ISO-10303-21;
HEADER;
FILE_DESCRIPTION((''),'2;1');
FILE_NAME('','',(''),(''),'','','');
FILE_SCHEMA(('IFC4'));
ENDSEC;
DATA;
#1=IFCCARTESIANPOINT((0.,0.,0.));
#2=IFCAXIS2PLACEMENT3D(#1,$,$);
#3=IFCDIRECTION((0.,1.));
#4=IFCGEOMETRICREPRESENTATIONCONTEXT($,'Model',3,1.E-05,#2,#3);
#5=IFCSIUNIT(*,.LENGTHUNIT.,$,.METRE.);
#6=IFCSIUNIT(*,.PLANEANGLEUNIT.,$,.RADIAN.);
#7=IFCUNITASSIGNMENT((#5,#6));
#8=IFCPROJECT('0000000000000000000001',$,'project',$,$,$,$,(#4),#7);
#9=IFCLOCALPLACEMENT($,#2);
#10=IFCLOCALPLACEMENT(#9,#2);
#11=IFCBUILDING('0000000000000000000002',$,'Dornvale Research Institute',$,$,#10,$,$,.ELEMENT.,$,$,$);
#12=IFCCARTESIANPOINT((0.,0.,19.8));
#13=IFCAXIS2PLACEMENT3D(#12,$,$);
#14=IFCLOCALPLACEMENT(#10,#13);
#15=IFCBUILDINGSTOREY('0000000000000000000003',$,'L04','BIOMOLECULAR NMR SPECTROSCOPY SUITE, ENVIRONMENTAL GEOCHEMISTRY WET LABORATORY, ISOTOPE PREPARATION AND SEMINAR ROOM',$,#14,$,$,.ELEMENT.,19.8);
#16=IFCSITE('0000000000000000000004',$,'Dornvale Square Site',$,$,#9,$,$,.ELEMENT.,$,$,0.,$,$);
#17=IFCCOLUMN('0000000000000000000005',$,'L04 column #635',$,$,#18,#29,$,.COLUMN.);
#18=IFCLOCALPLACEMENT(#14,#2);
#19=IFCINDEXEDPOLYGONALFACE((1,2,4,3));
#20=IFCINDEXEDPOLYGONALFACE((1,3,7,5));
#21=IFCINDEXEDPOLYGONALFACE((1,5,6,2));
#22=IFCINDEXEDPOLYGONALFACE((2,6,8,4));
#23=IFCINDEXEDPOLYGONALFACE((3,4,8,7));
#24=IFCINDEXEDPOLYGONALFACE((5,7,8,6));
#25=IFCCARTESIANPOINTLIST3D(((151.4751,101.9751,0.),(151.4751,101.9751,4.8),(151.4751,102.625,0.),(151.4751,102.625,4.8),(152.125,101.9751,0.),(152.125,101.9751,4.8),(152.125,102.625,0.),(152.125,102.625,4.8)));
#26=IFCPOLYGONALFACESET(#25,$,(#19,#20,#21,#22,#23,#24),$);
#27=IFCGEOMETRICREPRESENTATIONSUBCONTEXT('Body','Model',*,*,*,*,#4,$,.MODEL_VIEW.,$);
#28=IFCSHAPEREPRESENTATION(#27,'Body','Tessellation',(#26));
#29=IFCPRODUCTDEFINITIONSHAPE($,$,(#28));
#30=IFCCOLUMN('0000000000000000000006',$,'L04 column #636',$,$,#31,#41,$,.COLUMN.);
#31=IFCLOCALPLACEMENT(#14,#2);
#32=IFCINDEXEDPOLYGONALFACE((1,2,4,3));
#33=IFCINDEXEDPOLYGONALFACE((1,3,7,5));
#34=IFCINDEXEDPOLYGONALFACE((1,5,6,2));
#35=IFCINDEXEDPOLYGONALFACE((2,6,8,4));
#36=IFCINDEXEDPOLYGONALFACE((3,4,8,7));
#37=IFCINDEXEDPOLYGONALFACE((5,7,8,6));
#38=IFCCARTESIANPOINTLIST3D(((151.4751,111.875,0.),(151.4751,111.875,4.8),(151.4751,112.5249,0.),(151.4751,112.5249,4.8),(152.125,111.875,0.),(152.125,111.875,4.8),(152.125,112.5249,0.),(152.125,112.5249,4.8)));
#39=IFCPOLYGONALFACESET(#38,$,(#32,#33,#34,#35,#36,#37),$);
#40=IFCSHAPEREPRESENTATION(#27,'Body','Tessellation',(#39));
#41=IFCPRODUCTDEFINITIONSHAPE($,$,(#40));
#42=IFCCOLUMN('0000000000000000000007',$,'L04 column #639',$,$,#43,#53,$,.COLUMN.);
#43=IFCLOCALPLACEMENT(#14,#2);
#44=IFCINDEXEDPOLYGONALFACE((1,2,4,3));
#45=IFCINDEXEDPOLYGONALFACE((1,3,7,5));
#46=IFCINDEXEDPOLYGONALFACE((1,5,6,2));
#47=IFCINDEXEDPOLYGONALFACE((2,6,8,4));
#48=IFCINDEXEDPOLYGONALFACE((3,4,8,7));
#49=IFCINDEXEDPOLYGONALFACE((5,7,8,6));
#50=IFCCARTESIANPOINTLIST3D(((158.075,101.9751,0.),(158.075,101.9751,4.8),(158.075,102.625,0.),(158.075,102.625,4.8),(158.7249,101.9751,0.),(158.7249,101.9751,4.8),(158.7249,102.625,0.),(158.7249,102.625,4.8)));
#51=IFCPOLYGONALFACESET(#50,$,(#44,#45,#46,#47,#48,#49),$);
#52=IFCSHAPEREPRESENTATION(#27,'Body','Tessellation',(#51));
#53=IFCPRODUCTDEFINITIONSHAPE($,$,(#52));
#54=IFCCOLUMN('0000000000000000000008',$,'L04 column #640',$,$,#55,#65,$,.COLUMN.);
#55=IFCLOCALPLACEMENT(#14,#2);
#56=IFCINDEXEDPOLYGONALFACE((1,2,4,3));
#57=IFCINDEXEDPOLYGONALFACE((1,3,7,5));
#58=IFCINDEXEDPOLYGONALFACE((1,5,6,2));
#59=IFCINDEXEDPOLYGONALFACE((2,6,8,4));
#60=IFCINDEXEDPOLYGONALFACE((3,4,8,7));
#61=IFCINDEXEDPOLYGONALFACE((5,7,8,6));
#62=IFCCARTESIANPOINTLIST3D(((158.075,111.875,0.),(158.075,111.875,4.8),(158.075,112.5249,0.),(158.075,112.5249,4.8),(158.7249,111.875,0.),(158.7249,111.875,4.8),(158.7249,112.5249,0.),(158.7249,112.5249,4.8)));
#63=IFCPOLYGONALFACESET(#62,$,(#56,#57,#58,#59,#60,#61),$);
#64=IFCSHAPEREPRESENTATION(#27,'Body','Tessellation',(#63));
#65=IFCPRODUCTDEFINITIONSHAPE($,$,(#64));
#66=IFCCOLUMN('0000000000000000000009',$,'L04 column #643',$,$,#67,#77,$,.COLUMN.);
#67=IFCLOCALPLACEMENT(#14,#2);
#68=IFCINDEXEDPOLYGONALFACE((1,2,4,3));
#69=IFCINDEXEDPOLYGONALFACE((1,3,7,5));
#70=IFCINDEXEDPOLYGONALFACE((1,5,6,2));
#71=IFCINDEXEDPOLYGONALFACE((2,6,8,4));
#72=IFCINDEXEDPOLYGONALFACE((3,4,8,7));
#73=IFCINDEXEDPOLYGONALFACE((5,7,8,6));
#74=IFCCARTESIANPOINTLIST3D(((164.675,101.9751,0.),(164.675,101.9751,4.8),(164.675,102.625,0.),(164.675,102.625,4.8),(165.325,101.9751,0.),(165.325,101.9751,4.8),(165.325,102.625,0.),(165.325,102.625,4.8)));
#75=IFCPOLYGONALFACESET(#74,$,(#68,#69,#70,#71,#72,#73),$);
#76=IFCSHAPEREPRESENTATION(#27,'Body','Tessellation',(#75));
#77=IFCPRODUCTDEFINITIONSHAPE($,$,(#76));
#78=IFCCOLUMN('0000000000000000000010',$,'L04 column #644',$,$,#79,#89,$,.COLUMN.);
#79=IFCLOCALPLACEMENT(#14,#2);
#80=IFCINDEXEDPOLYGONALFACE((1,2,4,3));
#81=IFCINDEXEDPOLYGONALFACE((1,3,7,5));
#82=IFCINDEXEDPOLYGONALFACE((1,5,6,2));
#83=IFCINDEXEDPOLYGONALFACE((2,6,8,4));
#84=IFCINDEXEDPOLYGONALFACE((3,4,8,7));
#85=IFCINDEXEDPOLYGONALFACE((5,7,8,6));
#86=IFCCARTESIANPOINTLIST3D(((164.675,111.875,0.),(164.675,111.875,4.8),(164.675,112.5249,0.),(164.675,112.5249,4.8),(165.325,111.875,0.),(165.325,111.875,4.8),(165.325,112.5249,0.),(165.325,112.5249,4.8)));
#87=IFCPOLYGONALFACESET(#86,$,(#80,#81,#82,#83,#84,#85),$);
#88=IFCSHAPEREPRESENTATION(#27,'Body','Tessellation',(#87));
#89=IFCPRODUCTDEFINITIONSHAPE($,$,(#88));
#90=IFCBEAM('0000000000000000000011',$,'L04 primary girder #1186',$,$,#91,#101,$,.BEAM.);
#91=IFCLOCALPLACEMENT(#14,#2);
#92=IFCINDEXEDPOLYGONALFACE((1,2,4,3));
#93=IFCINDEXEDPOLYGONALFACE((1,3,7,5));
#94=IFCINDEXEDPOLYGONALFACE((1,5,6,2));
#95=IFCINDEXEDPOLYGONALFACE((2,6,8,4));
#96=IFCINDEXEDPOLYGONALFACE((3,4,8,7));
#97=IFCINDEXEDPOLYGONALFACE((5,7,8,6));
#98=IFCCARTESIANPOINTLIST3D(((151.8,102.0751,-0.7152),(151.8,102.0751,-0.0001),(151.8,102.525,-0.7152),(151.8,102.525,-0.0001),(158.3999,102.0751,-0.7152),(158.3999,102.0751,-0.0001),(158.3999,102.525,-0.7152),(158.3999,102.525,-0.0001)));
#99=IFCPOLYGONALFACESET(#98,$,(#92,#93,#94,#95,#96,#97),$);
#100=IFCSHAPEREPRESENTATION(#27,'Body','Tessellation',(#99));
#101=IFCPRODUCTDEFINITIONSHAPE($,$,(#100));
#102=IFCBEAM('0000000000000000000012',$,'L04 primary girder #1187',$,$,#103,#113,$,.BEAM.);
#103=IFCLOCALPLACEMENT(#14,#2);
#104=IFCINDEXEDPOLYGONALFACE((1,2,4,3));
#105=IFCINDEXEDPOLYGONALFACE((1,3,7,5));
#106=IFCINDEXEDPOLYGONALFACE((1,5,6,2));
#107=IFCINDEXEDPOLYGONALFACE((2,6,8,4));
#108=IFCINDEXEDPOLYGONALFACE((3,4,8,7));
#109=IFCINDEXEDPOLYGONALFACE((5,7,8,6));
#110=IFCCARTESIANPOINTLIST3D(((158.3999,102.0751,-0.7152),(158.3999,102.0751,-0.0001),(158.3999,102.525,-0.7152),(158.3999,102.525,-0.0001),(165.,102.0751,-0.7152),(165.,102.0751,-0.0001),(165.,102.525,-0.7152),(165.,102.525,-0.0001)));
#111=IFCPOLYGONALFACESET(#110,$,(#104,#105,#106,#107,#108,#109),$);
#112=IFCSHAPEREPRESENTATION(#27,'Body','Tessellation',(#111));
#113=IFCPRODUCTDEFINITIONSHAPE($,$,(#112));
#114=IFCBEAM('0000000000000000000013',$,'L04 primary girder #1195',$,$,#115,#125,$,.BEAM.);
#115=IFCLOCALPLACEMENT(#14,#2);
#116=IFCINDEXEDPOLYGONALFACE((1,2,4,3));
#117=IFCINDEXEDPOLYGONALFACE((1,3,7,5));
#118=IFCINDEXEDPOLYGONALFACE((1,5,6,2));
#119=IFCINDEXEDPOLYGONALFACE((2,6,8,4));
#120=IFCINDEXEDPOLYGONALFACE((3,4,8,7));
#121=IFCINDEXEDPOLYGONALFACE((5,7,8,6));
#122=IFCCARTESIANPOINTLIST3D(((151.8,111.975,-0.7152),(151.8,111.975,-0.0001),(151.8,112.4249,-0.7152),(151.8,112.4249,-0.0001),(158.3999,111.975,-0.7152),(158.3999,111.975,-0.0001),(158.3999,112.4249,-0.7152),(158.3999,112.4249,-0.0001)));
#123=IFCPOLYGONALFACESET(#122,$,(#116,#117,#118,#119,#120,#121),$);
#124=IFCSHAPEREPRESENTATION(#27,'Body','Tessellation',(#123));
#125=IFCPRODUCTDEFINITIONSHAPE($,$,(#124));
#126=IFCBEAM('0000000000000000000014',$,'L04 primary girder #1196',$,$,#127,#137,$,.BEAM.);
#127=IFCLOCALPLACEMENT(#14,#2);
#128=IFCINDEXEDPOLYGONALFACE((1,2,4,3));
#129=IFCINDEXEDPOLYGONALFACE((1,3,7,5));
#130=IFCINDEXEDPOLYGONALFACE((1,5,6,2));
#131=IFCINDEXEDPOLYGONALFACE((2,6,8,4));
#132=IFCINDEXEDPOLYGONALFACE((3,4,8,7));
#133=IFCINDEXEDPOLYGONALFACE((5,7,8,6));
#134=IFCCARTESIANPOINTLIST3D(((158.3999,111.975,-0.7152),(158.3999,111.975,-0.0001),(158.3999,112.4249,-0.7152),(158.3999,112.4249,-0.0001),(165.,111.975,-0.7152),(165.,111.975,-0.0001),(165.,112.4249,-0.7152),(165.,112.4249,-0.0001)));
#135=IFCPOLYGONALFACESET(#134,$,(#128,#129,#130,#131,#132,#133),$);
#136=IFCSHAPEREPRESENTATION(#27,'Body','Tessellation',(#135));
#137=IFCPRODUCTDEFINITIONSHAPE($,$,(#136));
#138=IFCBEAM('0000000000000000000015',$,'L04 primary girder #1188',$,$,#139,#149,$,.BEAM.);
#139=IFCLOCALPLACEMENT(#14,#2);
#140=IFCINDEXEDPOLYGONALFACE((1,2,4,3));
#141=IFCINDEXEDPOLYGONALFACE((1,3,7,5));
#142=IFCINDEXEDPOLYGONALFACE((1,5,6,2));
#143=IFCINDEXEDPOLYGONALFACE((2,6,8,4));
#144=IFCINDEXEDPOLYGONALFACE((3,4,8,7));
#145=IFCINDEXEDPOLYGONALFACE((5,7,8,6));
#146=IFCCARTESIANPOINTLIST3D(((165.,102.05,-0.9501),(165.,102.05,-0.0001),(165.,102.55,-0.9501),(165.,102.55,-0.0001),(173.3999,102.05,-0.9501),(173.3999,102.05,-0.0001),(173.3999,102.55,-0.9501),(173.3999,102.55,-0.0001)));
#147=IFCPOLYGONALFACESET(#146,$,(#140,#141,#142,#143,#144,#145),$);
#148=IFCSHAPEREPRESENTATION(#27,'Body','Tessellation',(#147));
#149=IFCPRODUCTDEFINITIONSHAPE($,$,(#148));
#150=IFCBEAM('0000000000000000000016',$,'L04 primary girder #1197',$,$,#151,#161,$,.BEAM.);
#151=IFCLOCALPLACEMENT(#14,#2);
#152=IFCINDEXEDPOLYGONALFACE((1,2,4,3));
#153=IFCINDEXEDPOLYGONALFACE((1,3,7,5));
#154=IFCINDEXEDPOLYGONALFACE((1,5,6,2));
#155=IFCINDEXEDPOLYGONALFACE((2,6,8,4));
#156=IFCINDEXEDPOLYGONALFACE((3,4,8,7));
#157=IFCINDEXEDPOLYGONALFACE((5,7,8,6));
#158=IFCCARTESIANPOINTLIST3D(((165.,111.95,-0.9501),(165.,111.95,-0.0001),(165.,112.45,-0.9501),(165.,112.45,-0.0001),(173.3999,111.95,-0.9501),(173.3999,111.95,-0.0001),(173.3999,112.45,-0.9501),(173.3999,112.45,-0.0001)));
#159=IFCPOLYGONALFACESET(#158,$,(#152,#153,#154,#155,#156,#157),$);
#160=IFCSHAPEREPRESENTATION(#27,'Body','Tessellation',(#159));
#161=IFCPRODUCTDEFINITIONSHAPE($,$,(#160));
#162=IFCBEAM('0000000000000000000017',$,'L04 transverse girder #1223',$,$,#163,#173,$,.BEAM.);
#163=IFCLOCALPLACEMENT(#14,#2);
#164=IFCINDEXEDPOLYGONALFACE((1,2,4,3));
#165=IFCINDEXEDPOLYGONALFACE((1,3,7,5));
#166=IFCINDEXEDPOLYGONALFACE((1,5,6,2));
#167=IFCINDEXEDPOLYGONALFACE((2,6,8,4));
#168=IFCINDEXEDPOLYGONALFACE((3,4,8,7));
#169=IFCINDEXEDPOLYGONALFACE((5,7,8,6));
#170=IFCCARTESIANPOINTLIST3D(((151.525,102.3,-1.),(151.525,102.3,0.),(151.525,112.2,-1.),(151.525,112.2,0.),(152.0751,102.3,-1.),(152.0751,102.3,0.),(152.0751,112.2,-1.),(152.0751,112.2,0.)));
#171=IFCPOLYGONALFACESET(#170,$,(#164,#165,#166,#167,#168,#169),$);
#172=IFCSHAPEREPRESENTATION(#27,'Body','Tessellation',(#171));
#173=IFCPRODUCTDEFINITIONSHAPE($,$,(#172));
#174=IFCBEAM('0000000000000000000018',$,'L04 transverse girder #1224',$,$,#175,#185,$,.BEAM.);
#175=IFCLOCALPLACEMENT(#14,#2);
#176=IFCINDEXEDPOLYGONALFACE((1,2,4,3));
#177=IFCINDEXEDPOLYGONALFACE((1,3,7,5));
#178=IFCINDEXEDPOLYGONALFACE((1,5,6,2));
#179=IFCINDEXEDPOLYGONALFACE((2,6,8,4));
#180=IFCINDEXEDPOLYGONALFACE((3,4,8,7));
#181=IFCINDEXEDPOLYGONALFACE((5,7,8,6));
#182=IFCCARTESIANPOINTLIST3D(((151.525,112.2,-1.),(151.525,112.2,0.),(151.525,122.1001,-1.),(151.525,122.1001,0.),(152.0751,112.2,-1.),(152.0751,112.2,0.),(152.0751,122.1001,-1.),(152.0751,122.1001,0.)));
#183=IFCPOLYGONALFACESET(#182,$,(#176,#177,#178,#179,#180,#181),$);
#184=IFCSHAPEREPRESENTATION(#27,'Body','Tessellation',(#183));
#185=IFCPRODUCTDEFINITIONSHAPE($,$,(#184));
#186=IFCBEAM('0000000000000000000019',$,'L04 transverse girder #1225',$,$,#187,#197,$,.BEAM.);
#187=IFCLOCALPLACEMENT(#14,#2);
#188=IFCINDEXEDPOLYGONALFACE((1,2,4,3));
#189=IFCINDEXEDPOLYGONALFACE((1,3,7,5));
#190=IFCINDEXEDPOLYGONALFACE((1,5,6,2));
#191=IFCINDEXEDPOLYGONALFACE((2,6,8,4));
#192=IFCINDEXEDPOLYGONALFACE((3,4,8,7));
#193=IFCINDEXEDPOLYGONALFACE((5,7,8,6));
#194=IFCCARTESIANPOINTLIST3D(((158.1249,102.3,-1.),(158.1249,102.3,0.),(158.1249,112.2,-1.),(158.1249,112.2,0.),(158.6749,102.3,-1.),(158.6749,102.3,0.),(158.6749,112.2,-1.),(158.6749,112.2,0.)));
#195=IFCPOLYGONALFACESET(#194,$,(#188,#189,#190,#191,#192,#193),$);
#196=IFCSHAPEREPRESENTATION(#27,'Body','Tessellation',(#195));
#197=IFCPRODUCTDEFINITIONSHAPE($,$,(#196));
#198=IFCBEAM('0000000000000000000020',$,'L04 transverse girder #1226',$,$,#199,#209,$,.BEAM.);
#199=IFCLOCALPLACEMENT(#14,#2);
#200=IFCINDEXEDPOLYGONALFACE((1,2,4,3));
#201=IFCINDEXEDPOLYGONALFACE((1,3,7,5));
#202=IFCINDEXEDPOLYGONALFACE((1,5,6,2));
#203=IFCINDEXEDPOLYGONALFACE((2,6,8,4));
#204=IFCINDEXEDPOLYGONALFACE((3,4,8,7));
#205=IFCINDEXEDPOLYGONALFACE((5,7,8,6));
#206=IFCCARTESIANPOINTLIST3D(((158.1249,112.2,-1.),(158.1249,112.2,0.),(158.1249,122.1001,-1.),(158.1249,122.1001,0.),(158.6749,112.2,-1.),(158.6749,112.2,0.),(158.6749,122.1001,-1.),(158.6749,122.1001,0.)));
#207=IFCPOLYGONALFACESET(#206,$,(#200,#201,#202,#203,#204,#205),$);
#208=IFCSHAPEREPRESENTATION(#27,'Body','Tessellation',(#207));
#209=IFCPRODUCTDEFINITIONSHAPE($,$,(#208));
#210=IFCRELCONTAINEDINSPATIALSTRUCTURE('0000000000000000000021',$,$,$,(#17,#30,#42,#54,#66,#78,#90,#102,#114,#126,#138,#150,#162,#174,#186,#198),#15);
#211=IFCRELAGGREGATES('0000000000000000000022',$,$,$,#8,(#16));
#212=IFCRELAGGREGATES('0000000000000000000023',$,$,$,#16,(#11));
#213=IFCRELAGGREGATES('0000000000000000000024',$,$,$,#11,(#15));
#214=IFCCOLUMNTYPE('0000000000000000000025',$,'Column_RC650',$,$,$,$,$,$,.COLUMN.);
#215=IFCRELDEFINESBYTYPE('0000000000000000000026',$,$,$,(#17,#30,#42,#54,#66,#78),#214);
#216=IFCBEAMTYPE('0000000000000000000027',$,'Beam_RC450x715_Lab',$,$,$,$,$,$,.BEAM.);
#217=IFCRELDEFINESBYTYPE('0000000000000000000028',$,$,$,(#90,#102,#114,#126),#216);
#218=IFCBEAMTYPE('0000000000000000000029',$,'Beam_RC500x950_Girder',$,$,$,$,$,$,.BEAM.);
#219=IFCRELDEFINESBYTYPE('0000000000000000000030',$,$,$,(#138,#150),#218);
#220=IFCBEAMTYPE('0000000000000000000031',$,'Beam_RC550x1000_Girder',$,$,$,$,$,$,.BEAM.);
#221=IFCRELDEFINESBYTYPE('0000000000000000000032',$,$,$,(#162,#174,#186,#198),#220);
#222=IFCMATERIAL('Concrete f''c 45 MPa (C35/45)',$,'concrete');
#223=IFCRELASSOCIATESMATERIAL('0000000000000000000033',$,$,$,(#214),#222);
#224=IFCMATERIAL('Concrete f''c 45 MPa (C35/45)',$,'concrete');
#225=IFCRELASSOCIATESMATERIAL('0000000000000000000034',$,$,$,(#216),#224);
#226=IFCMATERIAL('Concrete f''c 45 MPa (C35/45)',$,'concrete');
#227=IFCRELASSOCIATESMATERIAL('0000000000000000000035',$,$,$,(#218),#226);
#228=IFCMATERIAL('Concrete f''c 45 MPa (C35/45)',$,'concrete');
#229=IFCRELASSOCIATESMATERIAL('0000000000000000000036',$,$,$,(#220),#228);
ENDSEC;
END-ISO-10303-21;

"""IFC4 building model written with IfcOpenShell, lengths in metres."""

from ifc_helpers import new_model, si_unit, direction, frame, origin, origin_2d, place, context, subcontext, project, spatial, rectangle, extrude, material, material_profile, profile_set, type_object, element, save


model = new_model("IFC4")

# Units and contexts
model_context = context("Model", 3, precision=1e-05, world=origin(), true_north=direction((0.0, 1.0)))
body_context = subcontext(model_context, "Body", "Model", "MODEL_VIEW")
ifc_project = project(units=[si_unit("LENGTHUNIT", "METRE"), si_unit("PLANEANGLEUNIT", "RADIAN")], contexts=[model_context])

# Site, building, storey
site_placement = place(None, origin())
site = spatial("IfcSite", under=ifc_project, at=site_placement, Name="Dornvale Square Site", CompositionType="ELEMENT", RefElevation=0.0)
building_placement = place(site_placement, origin())
building = spatial("IfcBuilding", under=site, at=building_placement, Name="Dornvale Research Institute", CompositionType="ELEMENT")
storey_placement = place(building_placement, frame((0.0, 0.0, 19.8)))
storey = spatial("IfcBuildingStorey", under=building, at=storey_placement, Name="L04", Description="BIOMOLECULAR NMR SPECTROSCOPY SUITE, ENVIRONMENTAL GEOCHEMISTRY WET LABORATORY, ISOTOPE PREPARATION AND SEMINAR ROOM", CompositionType="ELEMENT", Elevation=19.8)

# Columns
ifc_material_1 = material(Name="Concrete f'c 45 MPa (C35/45)", Category="concrete")
ifc_material_profile_1 = material_profile(ifc_material_1, rectangle(XDim=0.6499, YDim=0.6499, at=origin_2d()), Name="RC 650x650")
ifc_profile_set_1 = profile_set([ifc_material_profile_1], Name="Concrete f'c 45 MPa (C35/45)")
column_type = type_object("IfcColumnType", Name="Column_RC650", PredefinedType="COLUMN", material=ifc_profile_set_1)
for number, where, z_axis, x_axis, name in (
    (1, (151.8, 102.3, 0.0), (0.0, 0.0, 1.0), (1.0, 0.0, 0.0), "L04 column #635"),
    (2, (151.8, 112.2, 0.0), (0.0, 0.0, 1.0), (1.0, 0.0, 0.0), "L04 column #636"),
    (3, (158.3999, 102.3, 0.0), (0.0, 0.0, 1.0), (1.0, 0.0, 0.0), "L04 column #639"),
    (4, (158.3999, 112.2, 0.0), (0.0, 0.0, 1.0), (1.0, 0.0, 0.0), "L04 column #640"),
    (5, (165.0, 102.3, 0.0), (0.0, 0.0, 1.0), (1.0, 0.0, 0.0), "L04 column #643"),
    (6, (165.0, 112.2, 0.0), (0.0, 0.0, 1.0), (1.0, 0.0, 0.0), "L04 column #644"),
):
    element("IfcColumn", number, at=place(storey_placement, frame(where, z_axis=z_axis, x_axis=x_axis)), inside=storey, type_object=column_type, Name=name, PredefinedType="COLUMN", context=body_context, shape_type="SweptSolid", body=[
        extrude(rectangle(XDim=0.6499, YDim=0.6499, at=origin_2d()), origin(), (0.0, 0.0, 1.0), 4.8),
    ])

# Beams
ifc_material_2 = material(Name="Concrete f'c 45 MPa (C35/45)", Category="concrete")
ifc_material_profile_2 = material_profile(ifc_material_2, rectangle(XDim=0.45, YDim=0.7151, at=origin_2d()), Name="RC 450x715")
ifc_profile_set_2 = profile_set([ifc_material_profile_2], Name="Concrete f'c 45 MPa (C35/45)")
beam_type_1 = type_object("IfcBeamType", Name="Beam_RC450x715_Lab", PredefinedType="BEAM", material=ifc_profile_set_2)
beam_1_placement = place(storey_placement, frame((151.8, 102.3, -0.3577), z_axis=(1.0, 0.0, 0.0), x_axis=(0.0, 1.0, 0.0)))
element("IfcBeam", 7, at=beam_1_placement, inside=storey, type_object=beam_type_1, Name="L04 primary girder #1186", PredefinedType="BEAM", context=body_context, shape_type="SweptSolid", body=[
    extrude(rectangle(XDim=0.45, YDim=0.7151, at=origin_2d()), origin(), (0.0, 0.0, 1.0), 6.5999),
])
beam_2_placement = place(storey_placement, frame((158.3999, 102.3, -0.3577), z_axis=(1.0, 0.0, 0.0), x_axis=(0.0, 1.0, 0.0)))
element("IfcBeam", 8, at=beam_2_placement, inside=storey, type_object=beam_type_1, Name="L04 primary girder #1187", PredefinedType="BEAM", context=body_context, shape_type="SweptSolid", body=[
    extrude(rectangle(XDim=0.45, YDim=0.7151, at=origin_2d()), origin(), (0.0, 0.0, 1.0), 6.6001),
])
beam_3_placement = place(storey_placement, frame((151.8, 112.2, -0.3577), z_axis=(1.0, 0.0, 0.0), x_axis=(0.0, 1.0, 0.0)))
element("IfcBeam", 9, at=beam_3_placement, inside=storey, type_object=beam_type_1, Name="L04 primary girder #1195", PredefinedType="BEAM", context=body_context, shape_type="SweptSolid", body=[
    extrude(rectangle(XDim=0.45, YDim=0.7151, at=origin_2d()), origin(), (0.0, 0.0, 1.0), 6.5999),
])
beam_4_placement = place(storey_placement, frame((158.3999, 112.2, -0.3577), z_axis=(1.0, 0.0, 0.0), x_axis=(0.0, 1.0, 0.0)))
element("IfcBeam", 10, at=beam_4_placement, inside=storey, type_object=beam_type_1, Name="L04 primary girder #1196", PredefinedType="BEAM", context=body_context, shape_type="SweptSolid", body=[
    extrude(rectangle(XDim=0.45, YDim=0.7151, at=origin_2d()), origin(), (0.0, 0.0, 1.0), 6.6001),
])
ifc_material_3 = material(Name="Concrete f'c 45 MPa (C35/45)", Category="concrete")
ifc_material_profile_3 = material_profile(ifc_material_3, rectangle(XDim=0.5, YDim=0.95, at=origin_2d()), Name="RC 500x950")
ifc_profile_set_3 = profile_set([ifc_material_profile_3], Name="Concrete f'c 45 MPa (C35/45)")
beam_type_2 = type_object("IfcBeamType", Name="Beam_RC500x950_Girder", PredefinedType="BEAM", material=ifc_profile_set_3)
for number, where, z_axis, x_axis, name in (
    (11, (165.0, 102.3, -0.4751), (1.0, 0.0, 0.0), (0.0, 1.0, 0.0), "L04 primary girder #1188"),
    (12, (165.0, 112.2, -0.4751), (1.0, 0.0, 0.0), (0.0, 1.0, 0.0), "L04 primary girder #1197"),
):
    element("IfcBeam", number, at=place(storey_placement, frame(where, z_axis=z_axis, x_axis=x_axis)), inside=storey, type_object=beam_type_2, Name=name, PredefinedType="BEAM", context=body_context, shape_type="SweptSolid", body=[
        extrude(rectangle(XDim=0.5, YDim=0.95, at=origin_2d()), origin(), (0.0, 0.0, 1.0), 8.3999),
    ])
ifc_material_4 = material(Name="Concrete f'c 45 MPa (C35/45)", Category="concrete")
ifc_material_profile_4 = material_profile(ifc_material_4, rectangle(XDim=0.55, YDim=1.0, at=origin_2d()), Name="RC 550x1000")
ifc_profile_set_4 = profile_set([ifc_material_profile_4], Name="Concrete f'c 45 MPa (C35/45)")
beam_type_3 = type_object("IfcBeamType", Name="Beam_RC550x1000_Girder", PredefinedType="BEAM", material=ifc_profile_set_4)
beam_5_placement = place(storey_placement, frame((151.8, 102.3, -0.5), z_axis=(0.0, 1.0, 0.0), x_axis=(-1.0, 0.0, 0.0)))
element("IfcBeam", 13, at=beam_5_placement, inside=storey, type_object=beam_type_3, Name="L04 transverse girder #1223", PredefinedType="BEAM", context=body_context, shape_type="SweptSolid", body=[
    extrude(rectangle(XDim=0.55, YDim=1.0, at=origin_2d()), origin(), (0.0, 0.0, 1.0), 9.8999),
])
beam_6_placement = place(storey_placement, frame((151.8, 112.2, -0.5), z_axis=(0.0, 1.0, 0.0), x_axis=(-1.0, 0.0, 0.0)))
element("IfcBeam", 14, at=beam_6_placement, inside=storey, type_object=beam_type_3, Name="L04 transverse girder #1224", PredefinedType="BEAM", context=body_context, shape_type="SweptSolid", body=[
    extrude(rectangle(XDim=0.55, YDim=1.0, at=origin_2d()), origin(), (0.0, 0.0, 1.0), 9.9001),
])
beam_7_placement = place(storey_placement, frame((158.3999, 102.3, -0.5), z_axis=(0.0, 1.0, 0.0), x_axis=(-1.0, 0.0, 0.0)))
element("IfcBeam", 15, at=beam_7_placement, inside=storey, type_object=beam_type_3, Name="L04 transverse girder #1225", PredefinedType="BEAM", context=body_context, shape_type="SweptSolid", body=[
    extrude(rectangle(XDim=0.55, YDim=1.0, at=origin_2d()), origin(), (0.0, 0.0, 1.0), 9.8999),
])
beam_8_placement = place(storey_placement, frame((158.3999, 112.2, -0.5), z_axis=(0.0, 1.0, 0.0), x_axis=(-1.0, 0.0, 0.0)))
element("IfcBeam", 16, at=beam_8_placement, inside=storey, type_object=beam_type_3, Name="L04 transverse girder #1226", PredefinedType="BEAM", context=body_context, shape_type="SweptSolid", body=[
    extrude(rectangle(XDim=0.55, YDim=1.0, at=origin_2d()), origin(), (0.0, 0.0, 1.0), 9.9001),
])

save(model, "model.ifc")
